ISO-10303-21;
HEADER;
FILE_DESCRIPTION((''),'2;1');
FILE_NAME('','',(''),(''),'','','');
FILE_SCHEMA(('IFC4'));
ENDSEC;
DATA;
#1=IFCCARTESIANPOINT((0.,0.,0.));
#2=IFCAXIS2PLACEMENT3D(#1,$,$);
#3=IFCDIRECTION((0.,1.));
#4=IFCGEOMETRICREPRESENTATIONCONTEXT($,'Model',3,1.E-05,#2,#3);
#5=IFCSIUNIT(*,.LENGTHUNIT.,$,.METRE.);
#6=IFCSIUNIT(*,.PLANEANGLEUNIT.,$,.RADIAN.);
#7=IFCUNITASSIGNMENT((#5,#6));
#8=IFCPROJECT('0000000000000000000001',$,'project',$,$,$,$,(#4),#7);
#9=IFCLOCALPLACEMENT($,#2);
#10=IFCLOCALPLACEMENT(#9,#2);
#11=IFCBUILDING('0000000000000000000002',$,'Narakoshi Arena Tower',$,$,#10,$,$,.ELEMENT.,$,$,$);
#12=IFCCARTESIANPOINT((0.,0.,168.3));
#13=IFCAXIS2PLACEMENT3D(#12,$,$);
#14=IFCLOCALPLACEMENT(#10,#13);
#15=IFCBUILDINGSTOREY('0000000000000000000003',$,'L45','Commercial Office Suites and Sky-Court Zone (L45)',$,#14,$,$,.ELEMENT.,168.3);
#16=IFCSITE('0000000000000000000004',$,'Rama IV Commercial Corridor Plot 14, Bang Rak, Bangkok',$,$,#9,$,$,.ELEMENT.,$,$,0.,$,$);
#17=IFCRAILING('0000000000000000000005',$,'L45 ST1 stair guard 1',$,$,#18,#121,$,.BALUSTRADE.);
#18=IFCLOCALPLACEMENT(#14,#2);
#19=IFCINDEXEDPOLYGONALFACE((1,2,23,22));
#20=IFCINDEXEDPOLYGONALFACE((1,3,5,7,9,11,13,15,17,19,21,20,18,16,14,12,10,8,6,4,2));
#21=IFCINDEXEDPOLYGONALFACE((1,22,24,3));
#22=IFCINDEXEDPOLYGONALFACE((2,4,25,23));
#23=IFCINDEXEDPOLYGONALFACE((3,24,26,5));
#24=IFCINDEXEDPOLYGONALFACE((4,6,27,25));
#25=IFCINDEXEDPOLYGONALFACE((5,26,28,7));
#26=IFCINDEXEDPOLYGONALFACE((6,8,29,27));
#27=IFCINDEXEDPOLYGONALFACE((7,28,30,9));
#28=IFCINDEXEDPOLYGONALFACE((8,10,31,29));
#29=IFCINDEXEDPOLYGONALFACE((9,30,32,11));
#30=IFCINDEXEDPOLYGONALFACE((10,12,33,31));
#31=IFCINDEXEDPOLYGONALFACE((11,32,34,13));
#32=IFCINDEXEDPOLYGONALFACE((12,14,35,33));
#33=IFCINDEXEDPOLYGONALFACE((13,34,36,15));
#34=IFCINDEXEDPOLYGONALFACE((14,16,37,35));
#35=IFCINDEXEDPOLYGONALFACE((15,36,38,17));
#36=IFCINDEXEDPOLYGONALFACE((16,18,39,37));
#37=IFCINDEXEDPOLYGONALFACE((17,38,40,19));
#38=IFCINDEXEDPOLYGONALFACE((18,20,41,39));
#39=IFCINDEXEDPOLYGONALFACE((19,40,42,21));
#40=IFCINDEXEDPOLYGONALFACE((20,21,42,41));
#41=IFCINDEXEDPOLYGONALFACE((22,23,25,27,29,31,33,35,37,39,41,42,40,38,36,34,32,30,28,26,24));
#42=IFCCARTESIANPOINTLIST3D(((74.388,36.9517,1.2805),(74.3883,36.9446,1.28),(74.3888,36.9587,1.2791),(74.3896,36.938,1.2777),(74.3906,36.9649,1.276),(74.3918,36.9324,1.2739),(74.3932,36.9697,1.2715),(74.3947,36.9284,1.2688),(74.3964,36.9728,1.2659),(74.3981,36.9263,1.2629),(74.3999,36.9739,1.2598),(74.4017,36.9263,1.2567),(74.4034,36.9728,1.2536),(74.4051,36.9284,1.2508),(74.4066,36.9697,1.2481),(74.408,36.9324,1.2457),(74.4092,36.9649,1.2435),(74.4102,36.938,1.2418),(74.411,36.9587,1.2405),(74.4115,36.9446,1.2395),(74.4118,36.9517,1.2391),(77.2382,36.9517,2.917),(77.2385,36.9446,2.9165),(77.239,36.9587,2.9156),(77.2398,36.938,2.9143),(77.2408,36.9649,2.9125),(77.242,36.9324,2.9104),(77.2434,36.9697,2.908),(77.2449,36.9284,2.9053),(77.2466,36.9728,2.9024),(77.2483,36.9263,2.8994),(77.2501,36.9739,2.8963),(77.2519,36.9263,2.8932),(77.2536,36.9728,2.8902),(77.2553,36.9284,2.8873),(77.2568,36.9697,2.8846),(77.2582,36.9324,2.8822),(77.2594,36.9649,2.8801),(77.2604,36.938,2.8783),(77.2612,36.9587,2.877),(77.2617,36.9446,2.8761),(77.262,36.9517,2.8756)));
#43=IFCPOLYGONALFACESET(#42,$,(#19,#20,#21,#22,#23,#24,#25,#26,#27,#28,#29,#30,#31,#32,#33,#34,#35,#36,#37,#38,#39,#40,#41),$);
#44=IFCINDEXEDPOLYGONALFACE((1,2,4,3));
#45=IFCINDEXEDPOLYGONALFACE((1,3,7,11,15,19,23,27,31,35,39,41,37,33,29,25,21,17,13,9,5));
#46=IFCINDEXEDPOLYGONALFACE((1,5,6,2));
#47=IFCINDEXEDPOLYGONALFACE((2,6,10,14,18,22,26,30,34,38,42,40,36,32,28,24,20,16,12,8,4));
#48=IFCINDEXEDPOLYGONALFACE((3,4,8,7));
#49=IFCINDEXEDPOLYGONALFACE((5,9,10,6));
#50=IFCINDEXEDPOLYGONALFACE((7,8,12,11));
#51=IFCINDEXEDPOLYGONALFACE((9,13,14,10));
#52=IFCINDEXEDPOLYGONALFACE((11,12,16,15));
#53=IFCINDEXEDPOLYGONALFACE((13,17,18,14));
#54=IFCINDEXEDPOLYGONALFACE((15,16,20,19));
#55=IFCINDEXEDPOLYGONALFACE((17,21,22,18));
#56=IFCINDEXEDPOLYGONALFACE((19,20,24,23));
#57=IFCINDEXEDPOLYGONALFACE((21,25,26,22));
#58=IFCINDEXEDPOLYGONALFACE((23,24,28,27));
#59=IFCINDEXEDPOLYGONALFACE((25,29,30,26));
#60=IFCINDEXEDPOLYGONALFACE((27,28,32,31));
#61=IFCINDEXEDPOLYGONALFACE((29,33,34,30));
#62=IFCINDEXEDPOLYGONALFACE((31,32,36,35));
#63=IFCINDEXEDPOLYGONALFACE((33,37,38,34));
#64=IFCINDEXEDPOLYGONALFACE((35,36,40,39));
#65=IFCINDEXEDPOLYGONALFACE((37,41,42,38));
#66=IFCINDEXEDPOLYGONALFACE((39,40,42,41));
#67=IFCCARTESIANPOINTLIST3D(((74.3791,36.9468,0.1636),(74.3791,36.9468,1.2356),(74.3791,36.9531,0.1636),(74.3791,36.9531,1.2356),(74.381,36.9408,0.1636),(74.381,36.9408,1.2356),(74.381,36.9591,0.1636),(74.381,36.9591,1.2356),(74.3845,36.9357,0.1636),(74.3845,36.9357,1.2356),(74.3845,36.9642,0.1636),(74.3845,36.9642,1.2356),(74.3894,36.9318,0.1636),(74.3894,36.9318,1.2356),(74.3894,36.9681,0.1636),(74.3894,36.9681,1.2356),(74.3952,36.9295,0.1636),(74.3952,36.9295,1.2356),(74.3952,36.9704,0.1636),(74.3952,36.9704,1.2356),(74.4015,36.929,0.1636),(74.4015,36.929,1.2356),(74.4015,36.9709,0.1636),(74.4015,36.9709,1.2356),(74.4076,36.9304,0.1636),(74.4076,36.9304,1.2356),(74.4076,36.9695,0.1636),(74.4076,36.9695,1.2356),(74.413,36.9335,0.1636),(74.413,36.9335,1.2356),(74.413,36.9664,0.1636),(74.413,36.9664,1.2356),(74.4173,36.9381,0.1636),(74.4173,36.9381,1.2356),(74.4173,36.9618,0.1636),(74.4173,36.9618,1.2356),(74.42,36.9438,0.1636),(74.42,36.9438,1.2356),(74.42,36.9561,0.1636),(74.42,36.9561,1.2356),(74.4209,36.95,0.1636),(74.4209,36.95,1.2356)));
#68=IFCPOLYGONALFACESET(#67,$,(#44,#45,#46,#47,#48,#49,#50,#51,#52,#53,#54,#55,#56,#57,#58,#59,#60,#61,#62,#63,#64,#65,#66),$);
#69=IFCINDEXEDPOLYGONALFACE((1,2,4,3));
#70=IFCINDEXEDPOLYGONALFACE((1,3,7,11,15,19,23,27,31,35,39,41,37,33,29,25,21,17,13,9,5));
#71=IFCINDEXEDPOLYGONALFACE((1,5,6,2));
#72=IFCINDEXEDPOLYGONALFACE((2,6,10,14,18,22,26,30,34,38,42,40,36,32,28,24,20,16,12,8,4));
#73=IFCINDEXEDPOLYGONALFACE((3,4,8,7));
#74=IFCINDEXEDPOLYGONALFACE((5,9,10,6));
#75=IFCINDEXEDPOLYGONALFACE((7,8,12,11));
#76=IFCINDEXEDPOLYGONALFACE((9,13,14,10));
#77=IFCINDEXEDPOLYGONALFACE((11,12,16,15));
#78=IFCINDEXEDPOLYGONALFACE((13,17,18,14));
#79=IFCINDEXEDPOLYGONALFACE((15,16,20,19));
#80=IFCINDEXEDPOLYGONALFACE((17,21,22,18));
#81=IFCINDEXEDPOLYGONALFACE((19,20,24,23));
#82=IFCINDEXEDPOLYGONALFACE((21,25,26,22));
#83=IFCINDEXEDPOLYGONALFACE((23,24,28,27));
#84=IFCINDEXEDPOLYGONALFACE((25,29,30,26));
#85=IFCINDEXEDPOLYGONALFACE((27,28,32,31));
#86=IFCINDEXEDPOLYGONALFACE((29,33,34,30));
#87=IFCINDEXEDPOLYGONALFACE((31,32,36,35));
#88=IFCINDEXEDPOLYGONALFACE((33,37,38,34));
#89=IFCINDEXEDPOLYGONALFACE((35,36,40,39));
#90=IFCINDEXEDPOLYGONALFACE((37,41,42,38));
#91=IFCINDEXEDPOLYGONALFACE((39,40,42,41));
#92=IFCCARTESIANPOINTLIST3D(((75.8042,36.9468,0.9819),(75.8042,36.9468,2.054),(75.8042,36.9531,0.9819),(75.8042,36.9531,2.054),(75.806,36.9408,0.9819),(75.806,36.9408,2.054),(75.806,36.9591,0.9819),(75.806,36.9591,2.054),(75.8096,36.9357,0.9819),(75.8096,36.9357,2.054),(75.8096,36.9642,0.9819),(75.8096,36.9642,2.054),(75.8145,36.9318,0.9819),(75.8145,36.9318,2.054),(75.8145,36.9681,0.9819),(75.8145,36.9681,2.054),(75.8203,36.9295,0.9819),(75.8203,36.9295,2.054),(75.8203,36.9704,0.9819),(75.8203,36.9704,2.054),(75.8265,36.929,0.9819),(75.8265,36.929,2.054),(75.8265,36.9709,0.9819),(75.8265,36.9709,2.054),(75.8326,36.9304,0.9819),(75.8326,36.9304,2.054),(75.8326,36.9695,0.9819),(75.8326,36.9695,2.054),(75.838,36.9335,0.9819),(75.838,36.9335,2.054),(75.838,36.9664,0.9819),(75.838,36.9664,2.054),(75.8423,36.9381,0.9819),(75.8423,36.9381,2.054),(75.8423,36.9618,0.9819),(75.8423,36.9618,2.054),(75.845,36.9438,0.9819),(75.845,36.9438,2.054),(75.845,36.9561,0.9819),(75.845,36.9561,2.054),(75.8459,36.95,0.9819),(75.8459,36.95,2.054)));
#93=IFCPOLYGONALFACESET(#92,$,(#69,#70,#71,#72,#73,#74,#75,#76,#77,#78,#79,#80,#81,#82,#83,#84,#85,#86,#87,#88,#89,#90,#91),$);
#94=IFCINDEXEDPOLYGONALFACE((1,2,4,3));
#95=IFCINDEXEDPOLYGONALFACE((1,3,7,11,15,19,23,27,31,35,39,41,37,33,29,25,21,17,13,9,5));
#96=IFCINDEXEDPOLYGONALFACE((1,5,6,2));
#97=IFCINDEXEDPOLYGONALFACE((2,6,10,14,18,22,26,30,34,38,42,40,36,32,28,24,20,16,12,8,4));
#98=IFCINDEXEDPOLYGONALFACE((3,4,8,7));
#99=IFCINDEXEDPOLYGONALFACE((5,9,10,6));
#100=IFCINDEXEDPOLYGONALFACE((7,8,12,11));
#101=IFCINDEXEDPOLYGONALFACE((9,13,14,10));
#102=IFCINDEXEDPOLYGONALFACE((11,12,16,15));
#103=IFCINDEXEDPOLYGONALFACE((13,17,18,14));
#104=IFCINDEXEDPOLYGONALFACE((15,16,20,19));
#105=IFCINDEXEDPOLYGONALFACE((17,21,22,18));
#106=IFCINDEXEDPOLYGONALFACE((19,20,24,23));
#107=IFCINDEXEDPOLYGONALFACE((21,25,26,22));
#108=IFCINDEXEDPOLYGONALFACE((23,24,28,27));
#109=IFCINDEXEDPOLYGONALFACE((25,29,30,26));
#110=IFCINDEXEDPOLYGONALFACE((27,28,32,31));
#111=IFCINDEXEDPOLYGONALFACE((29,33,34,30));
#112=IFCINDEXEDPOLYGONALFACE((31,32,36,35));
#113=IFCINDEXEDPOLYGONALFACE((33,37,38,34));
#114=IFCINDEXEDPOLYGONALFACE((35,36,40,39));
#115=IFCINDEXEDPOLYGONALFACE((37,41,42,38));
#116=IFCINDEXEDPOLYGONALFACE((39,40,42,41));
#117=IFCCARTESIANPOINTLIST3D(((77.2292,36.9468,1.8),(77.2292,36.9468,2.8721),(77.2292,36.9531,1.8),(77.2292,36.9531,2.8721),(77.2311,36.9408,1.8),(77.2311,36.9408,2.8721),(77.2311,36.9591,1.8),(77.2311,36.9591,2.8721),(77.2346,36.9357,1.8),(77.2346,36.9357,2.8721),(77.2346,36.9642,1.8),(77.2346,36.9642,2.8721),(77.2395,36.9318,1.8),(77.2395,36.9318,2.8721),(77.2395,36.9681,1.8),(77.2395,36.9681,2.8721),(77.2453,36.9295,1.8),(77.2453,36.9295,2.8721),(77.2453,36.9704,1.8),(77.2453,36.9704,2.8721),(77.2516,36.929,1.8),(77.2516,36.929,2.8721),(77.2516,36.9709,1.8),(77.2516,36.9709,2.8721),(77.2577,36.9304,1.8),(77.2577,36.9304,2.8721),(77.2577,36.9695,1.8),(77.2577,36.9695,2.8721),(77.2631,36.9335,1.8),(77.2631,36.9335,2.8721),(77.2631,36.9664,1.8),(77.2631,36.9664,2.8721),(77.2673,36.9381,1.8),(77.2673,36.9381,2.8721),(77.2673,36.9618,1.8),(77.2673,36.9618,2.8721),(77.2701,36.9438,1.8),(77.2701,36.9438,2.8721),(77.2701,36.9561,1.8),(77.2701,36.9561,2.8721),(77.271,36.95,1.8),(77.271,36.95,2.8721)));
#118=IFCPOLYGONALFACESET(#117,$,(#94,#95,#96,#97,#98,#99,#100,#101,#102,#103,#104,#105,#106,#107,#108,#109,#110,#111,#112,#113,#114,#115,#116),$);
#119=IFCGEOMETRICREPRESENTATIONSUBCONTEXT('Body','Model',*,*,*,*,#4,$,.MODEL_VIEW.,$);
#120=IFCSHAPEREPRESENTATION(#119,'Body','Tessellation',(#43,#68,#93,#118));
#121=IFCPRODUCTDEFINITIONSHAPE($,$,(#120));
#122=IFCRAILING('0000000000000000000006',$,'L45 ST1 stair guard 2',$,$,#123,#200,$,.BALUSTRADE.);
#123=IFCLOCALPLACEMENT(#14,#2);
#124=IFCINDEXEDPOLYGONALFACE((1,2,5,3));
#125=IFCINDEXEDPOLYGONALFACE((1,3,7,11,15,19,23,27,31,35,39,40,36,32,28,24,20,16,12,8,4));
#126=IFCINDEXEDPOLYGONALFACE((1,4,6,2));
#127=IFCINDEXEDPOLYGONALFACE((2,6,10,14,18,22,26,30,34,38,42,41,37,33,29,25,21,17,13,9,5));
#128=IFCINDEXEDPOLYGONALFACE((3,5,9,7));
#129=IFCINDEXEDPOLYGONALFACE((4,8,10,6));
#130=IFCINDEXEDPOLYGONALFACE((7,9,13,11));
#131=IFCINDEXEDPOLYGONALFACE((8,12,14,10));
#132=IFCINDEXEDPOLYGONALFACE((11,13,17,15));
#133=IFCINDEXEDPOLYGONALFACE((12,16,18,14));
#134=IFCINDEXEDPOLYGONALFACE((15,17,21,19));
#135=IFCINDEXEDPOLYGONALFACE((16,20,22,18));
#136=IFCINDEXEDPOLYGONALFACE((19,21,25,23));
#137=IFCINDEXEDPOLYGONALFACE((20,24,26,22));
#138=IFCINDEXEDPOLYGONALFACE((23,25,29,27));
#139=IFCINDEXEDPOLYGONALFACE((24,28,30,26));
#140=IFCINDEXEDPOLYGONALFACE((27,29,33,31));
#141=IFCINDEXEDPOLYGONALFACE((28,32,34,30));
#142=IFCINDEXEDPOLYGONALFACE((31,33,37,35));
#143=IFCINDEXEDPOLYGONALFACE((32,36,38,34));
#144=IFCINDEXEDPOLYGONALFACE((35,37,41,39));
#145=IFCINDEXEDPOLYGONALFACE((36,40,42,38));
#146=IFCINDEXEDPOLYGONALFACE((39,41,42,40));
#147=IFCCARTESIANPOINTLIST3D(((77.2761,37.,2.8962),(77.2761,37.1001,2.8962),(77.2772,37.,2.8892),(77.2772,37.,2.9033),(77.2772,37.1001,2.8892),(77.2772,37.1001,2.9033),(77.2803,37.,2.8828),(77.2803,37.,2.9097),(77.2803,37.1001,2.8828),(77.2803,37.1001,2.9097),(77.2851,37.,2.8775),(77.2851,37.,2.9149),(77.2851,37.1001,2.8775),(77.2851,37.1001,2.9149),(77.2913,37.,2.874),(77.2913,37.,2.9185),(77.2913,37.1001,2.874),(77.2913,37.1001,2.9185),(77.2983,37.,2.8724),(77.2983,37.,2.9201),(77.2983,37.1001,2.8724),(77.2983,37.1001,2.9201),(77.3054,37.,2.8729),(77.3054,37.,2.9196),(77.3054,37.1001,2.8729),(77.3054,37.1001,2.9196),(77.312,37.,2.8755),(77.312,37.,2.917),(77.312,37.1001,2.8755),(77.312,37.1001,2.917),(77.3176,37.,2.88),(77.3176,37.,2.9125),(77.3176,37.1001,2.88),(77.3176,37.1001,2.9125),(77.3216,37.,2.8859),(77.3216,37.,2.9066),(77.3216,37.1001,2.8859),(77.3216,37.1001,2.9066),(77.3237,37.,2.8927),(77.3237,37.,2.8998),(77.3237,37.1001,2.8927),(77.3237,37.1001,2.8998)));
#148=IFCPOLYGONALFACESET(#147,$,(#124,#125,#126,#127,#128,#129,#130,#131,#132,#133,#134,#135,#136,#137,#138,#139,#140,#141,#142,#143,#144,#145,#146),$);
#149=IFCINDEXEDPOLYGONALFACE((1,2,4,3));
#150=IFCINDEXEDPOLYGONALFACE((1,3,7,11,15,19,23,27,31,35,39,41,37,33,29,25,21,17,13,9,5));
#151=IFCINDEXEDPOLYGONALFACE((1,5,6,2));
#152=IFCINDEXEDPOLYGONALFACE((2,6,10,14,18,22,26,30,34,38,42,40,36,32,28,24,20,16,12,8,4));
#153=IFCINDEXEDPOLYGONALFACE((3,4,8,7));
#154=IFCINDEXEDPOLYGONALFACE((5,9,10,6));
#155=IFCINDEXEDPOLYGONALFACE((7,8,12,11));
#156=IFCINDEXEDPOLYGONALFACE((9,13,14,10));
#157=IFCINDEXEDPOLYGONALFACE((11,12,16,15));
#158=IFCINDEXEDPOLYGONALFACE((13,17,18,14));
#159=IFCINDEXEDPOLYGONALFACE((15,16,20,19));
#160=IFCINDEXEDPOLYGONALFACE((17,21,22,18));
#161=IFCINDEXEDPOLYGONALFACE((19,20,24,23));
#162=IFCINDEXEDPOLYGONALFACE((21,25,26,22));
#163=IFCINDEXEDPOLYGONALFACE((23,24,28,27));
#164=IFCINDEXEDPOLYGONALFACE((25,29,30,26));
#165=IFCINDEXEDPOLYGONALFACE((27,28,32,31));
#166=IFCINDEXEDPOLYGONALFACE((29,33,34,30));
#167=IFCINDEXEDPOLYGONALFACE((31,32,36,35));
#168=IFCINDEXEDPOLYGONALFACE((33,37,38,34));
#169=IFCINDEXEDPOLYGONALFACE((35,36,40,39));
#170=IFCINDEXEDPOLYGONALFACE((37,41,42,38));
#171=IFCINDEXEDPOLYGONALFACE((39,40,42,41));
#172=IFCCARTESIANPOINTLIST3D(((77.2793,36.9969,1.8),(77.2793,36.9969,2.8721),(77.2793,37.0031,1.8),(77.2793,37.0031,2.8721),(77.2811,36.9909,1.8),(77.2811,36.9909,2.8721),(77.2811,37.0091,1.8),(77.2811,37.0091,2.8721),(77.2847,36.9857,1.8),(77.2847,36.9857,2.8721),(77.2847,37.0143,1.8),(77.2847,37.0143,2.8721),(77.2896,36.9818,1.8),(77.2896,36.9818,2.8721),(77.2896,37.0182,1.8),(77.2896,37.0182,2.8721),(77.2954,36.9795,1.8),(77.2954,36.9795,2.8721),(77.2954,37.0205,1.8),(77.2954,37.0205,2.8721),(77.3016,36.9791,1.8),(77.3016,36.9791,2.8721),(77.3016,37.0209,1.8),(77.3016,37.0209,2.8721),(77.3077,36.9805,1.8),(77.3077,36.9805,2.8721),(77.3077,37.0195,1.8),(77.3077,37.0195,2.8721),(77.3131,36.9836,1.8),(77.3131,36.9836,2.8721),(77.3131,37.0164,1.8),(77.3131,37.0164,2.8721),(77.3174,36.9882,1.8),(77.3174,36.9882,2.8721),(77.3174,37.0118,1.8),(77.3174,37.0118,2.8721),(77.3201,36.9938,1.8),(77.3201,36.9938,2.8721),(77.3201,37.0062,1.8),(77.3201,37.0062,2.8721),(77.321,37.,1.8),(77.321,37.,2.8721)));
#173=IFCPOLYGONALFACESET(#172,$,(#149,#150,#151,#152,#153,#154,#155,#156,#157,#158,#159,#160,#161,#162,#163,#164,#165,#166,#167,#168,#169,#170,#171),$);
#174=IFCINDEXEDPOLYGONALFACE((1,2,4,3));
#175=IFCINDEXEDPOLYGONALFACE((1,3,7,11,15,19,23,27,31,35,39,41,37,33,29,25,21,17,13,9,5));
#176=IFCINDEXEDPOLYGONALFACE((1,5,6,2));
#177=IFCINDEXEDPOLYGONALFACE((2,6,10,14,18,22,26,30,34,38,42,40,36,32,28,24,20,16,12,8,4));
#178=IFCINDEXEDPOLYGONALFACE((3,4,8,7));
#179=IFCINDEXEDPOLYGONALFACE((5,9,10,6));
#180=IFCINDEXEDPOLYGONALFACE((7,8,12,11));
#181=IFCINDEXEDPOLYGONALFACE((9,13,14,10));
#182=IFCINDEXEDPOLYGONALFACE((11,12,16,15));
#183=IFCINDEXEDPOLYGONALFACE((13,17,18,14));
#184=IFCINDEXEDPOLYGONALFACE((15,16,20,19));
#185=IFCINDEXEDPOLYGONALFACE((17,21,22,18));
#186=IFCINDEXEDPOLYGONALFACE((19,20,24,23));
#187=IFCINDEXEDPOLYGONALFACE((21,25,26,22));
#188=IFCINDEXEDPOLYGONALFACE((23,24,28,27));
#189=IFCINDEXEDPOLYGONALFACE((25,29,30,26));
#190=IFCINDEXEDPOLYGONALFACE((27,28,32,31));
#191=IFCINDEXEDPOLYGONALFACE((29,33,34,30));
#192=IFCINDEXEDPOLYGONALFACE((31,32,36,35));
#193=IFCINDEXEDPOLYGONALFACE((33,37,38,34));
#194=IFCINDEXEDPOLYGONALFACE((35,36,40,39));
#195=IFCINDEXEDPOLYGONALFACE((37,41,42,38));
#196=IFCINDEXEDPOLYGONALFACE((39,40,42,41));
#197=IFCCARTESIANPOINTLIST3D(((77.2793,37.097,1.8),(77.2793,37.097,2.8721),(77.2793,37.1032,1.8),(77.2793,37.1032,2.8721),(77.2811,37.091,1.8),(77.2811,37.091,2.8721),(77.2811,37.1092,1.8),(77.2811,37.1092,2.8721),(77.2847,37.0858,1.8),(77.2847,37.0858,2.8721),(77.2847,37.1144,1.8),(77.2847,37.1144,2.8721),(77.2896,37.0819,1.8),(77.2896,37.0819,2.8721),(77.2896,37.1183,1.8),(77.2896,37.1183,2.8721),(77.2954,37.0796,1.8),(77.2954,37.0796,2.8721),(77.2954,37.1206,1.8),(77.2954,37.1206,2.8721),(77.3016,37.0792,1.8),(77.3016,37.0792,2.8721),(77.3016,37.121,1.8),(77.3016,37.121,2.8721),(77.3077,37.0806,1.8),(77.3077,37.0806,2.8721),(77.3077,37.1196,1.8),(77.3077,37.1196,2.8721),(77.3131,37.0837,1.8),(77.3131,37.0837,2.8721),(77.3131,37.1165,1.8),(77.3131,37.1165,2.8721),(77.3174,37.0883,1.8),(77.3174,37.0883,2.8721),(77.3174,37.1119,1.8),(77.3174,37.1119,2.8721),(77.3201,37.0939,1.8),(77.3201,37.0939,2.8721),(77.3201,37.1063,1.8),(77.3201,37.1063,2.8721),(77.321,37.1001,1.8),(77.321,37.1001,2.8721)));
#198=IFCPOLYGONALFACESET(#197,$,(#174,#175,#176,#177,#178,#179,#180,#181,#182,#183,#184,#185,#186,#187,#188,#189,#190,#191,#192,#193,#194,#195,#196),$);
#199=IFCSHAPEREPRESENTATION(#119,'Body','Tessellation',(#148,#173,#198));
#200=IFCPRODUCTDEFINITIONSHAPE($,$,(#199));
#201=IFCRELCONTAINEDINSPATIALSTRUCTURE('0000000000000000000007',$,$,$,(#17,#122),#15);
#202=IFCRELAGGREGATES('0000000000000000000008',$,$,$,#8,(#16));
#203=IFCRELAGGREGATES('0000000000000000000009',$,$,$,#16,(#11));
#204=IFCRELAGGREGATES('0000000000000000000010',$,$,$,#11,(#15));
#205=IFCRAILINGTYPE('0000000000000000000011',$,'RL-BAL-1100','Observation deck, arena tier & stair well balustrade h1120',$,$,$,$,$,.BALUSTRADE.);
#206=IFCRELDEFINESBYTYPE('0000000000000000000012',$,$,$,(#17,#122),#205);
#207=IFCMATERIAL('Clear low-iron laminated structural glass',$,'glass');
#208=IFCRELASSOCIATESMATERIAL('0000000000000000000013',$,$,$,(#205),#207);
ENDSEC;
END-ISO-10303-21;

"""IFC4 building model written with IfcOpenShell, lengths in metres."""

from ifc_helpers import new_model, si_unit, direction, frame, origin, origin_2d, place, context, subcontext, project, spatial, circle, extrude, material, type_object, element, save


model = new_model("IFC4")

# Units and contexts
model_context = context("Model", 3, precision=1e-05, world=origin(), true_north=direction((0.0, 1.0)))
body_context = subcontext(model_context, "Body", "Model", "MODEL_VIEW")
ifc_project = project(units=[si_unit("LENGTHUNIT", "METRE"), si_unit("PLANEANGLEUNIT", "RADIAN")], contexts=[model_context])

# Site, building, storey
site_placement = place(None, origin())
site = spatial("IfcSite", under=ifc_project, at=site_placement, Name="Rama IV Commercial Corridor Plot 14, Bang Rak, Bangkok", CompositionType="ELEMENT", RefElevation=0.0)
building_placement = place(site_placement, origin())
building = spatial("IfcBuilding", under=site, at=building_placement, Name="Narakoshi Arena Tower", CompositionType="ELEMENT")
storey_placement = place(building_placement, frame((0.0, 0.0, 168.3)))
storey = spatial("IfcBuildingStorey", under=building, at=storey_placement, Name="L45", Description="Commercial Office Suites and Sky-Court Zone (L45)", CompositionType="ELEMENT", Elevation=168.3)

# Railings
ifc_material_1 = material(Name="Clear low-iron laminated structural glass", Category="glass")
railing_type_1 = type_object("IfcRailingType", Name="RL-BAL-1100", Description="Observation deck, arena tier & stair well balustrade h1120", PredefinedType="BALUSTRADE", material=ifc_material_1)
railing_1_placement = place(storey_placement, frame((74.3999, 36.95, 0.1636)))
element("IfcRailing", 1, at=railing_1_placement, inside=storey, type_object=railing_type_1, Name="L45 ST1 stair guard 1", PredefinedType="BALUSTRADE", context=body_context, shape_type="SweptSolid", body=[
    extrude(circle(Radius=0.0239, at=origin_2d()), frame((0.0, 0.0, 1.0962), z_axis=(0.867213, 0.0, 0.497938), x_axis=(0.0, 1.0, 0.0)), (0.0, 0.0, 1.0), 3.2866),
    extrude(circle(Radius=0.021, at=origin_2d()), origin(), (0.0, 0.0, 1.0), 1.072),
    extrude(circle(Radius=0.021, at=origin_2d()), frame((1.425, 0.0, 0.8184)), (0.0, 0.0, 1.0), 1.072),
    extrude(circle(Radius=0.021, at=origin_2d()), frame((2.8501, 0.0, 1.6365)), (0.0, 0.0, 1.0), 1.072),
])
railing_2_placement = place(storey_placement, frame((77.3, 37.0, 1.8)))
element("IfcRailing", 2, at=railing_2_placement, inside=storey, type_object=railing_type_1, Name="L45 ST1 stair guard 2", PredefinedType="BALUSTRADE", context=body_context, shape_type="SweptSolid", body=[
    extrude(circle(Radius=0.0239, at=origin_2d()), frame((0.0, 0.0, 1.0962), z_axis=(0.0, 1.0, 0.0), x_axis=(-1.0, 0.0, 0.0)), (0.0, 0.0, 1.0), 0.1001),
    extrude(circle(Radius=0.021, at=origin_2d()), origin(), (0.0, 0.0, 1.0), 1.072),
    extrude(circle(Radius=0.021, at=origin_2d()), frame((0.0, 0.1001, 0.0)), (0.0, 0.0, 1.0), 1.072),
])

save(model, "model.ifc")
